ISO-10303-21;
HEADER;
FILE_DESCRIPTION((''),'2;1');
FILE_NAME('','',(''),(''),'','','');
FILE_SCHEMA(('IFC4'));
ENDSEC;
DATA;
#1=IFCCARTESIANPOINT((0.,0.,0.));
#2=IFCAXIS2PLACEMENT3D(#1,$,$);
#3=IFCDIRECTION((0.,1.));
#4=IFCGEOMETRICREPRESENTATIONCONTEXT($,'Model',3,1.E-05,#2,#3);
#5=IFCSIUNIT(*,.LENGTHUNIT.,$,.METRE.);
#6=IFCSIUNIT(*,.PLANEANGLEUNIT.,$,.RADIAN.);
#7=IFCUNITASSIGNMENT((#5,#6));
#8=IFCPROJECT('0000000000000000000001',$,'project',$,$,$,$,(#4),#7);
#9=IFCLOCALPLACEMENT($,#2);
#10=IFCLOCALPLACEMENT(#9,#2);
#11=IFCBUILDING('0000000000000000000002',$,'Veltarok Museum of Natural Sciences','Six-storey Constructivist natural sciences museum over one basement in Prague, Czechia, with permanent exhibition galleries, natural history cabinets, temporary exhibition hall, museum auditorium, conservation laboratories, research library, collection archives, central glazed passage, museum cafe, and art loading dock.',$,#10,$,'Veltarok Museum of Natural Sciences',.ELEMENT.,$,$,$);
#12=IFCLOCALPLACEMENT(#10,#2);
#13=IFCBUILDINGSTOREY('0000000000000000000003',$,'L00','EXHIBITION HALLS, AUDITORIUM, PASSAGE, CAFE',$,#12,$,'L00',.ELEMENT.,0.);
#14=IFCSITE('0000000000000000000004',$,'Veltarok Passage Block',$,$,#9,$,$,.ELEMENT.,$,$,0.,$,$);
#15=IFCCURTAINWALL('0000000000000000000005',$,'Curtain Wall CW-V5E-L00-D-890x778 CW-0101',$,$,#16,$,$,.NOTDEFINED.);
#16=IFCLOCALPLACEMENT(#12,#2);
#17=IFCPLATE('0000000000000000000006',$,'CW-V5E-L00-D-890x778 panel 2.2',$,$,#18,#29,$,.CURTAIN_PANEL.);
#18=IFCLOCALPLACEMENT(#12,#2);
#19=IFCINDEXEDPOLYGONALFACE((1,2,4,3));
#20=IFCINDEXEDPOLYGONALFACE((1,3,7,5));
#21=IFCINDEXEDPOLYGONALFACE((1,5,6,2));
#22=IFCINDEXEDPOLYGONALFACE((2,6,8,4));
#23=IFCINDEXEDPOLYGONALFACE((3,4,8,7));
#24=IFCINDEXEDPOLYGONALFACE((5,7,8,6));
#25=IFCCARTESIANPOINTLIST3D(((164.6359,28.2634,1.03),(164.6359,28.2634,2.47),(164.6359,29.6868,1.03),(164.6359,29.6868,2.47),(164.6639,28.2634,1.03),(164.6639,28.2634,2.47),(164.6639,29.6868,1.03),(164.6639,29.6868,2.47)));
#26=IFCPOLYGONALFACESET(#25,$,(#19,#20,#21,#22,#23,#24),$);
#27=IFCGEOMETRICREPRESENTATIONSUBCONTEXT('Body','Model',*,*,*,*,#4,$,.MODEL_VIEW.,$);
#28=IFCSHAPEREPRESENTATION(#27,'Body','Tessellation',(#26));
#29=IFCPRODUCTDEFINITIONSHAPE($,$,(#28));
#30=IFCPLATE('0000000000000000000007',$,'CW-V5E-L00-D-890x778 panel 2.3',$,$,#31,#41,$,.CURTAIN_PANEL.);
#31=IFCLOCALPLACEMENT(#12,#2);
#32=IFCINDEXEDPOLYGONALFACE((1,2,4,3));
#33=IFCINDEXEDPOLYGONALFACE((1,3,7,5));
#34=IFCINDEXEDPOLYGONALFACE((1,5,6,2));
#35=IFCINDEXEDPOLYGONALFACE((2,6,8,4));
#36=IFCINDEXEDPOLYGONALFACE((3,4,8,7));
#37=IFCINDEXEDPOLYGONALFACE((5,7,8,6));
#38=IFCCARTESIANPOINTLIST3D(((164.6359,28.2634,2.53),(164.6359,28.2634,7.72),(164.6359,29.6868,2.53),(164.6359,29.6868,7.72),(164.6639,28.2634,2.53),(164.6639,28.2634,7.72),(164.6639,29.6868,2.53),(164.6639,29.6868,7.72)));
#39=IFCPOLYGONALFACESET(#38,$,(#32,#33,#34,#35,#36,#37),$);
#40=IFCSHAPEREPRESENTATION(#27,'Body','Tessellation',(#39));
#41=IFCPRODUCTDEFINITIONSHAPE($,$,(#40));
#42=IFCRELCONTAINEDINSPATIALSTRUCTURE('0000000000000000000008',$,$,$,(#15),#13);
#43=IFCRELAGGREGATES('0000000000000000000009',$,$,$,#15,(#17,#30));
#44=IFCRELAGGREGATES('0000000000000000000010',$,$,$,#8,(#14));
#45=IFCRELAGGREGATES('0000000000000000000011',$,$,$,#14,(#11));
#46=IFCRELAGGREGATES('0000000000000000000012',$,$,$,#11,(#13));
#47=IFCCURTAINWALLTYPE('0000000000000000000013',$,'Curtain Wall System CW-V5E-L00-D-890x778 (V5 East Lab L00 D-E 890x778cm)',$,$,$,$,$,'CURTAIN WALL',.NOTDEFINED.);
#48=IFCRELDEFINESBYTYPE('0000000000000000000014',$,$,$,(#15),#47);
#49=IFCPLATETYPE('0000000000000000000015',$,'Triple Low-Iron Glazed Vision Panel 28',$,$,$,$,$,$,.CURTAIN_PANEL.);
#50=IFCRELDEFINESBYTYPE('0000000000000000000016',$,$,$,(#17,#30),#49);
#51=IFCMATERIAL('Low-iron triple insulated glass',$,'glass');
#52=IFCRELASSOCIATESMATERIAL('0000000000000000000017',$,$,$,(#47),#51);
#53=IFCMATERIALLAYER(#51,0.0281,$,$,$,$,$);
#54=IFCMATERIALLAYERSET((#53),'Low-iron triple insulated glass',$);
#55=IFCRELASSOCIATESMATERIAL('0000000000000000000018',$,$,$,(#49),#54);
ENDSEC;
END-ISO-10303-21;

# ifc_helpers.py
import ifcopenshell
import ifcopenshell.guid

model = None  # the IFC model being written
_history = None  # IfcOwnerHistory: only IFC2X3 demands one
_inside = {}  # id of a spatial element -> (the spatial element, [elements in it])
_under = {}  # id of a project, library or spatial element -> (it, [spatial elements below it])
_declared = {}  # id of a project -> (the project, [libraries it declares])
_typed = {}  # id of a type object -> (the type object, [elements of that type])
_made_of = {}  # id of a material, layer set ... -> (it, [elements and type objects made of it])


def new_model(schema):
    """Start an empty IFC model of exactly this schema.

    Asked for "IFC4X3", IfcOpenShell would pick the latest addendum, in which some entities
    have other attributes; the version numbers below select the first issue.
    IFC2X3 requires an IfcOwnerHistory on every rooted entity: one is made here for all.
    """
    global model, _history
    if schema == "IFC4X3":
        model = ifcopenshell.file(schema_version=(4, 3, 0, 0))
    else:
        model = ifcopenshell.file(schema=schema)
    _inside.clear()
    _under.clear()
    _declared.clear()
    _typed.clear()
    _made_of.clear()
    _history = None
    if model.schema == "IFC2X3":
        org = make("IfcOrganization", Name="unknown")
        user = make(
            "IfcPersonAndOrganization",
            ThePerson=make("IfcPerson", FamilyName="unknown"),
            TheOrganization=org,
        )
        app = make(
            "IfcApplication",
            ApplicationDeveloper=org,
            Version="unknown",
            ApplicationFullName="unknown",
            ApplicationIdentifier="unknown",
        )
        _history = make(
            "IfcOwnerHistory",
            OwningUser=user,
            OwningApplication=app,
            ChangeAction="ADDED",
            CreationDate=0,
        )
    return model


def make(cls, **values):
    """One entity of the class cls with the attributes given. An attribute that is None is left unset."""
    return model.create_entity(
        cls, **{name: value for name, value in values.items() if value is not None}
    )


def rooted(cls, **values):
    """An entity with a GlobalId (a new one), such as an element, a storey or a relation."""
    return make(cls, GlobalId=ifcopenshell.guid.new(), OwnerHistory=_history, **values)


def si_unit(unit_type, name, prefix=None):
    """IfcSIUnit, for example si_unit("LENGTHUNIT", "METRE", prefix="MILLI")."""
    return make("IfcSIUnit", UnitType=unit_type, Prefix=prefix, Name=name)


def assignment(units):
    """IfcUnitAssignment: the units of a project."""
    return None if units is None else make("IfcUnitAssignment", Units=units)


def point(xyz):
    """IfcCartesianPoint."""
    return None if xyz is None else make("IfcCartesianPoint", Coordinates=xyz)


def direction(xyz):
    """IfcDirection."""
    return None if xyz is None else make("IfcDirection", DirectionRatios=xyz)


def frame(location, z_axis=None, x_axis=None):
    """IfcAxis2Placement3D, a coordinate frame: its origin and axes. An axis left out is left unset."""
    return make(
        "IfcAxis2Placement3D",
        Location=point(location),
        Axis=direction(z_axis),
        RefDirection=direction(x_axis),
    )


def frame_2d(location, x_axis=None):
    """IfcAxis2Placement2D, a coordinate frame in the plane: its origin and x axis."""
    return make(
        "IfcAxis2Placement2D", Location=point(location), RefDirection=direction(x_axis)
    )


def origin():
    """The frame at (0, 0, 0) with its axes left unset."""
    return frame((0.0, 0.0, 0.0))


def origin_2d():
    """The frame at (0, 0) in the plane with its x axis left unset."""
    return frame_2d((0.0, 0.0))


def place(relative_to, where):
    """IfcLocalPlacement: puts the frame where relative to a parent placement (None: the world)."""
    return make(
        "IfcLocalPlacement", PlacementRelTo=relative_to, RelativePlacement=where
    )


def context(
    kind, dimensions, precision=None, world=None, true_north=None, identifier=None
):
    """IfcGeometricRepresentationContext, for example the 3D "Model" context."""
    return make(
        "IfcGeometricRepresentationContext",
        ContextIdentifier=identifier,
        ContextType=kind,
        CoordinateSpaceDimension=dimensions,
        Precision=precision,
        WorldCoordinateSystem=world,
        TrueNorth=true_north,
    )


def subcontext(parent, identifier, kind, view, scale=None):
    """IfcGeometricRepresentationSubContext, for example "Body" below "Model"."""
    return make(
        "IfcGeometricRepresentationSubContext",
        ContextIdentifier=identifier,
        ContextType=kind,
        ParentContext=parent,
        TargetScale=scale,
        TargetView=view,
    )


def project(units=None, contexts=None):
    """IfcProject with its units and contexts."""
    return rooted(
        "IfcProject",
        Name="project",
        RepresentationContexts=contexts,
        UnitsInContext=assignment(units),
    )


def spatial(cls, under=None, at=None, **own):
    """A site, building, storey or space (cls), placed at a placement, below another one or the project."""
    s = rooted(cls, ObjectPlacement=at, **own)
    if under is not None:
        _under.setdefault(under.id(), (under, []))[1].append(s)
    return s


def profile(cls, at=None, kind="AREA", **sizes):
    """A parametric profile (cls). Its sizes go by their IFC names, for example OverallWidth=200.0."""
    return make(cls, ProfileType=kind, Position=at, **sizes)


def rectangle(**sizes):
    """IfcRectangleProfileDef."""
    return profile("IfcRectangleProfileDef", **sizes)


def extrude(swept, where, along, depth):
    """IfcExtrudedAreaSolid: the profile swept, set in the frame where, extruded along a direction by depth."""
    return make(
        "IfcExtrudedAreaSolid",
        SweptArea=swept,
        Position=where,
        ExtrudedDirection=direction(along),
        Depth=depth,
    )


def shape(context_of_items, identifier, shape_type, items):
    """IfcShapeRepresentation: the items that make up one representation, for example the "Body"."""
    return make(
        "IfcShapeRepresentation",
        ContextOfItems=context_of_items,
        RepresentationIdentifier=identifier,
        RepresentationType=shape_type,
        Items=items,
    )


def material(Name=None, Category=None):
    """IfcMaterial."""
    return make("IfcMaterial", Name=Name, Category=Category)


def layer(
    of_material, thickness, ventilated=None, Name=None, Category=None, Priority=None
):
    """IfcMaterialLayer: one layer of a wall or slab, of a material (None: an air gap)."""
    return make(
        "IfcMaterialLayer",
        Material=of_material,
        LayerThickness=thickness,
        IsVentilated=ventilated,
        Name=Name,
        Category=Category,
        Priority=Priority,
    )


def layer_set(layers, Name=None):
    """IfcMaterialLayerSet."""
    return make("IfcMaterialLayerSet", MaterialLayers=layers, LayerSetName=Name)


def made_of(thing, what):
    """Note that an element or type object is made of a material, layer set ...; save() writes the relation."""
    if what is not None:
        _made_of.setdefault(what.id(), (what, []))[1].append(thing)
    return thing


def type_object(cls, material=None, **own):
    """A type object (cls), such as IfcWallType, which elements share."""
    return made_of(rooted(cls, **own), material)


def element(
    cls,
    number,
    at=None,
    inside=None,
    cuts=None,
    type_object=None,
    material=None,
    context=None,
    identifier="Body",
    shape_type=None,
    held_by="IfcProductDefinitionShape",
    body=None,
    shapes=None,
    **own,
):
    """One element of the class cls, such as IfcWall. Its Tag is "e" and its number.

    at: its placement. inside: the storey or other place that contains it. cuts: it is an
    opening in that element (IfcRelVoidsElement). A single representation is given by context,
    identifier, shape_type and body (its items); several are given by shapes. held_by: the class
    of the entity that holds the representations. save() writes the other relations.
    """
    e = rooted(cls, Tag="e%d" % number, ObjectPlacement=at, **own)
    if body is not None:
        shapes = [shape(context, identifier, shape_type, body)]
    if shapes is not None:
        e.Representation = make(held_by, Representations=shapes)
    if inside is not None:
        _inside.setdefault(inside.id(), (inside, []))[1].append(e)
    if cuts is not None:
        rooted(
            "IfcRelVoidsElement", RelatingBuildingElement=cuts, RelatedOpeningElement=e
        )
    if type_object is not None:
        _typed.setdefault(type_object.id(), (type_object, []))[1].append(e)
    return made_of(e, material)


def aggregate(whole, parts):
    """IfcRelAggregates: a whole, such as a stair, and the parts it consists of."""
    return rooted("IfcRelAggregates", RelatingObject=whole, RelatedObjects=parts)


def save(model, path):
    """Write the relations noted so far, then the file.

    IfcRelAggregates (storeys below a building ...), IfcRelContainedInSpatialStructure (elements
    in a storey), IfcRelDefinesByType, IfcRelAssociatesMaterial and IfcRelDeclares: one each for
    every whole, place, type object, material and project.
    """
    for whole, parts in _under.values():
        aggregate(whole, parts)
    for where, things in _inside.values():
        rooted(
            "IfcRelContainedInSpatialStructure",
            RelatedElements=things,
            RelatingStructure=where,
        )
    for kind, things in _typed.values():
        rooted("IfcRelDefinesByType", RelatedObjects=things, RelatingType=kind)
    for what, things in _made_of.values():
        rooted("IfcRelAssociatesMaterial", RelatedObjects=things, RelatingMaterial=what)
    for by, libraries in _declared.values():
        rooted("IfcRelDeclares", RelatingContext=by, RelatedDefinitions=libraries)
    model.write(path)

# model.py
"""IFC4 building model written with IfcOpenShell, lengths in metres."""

from ifc_helpers import new_model, si_unit, direction, frame, origin, origin_2d, place, context, subcontext, project, spatial, rectangle, extrude, material, layer, layer_set, type_object, element, aggregate, save


model = new_model("IFC4")

# Units and contexts
model_context = context("Model", 3, precision=1e-05, world=origin(), true_north=direction((0.0, 1.0)))
body_context = subcontext(model_context, "Body", "Model", "MODEL_VIEW")
ifc_project = project(units=[si_unit("LENGTHUNIT", "METRE"), si_unit("PLANEANGLEUNIT", "RADIAN")], contexts=[model_context])

# Site, building, storey
site_placement = place(None, origin())
site = spatial("IfcSite", under=ifc_project, at=site_placement, Name="Veltarok Passage Block", CompositionType="ELEMENT", RefElevation=0.0)
building_placement = place(site_placement, origin())
building = spatial("IfcBuilding", under=site, at=building_placement, Name="Veltarok Museum of Natural Sciences", Description="Six-storey Constructivist natural sciences museum over one basement in Prague, Czechia, with permanent exhibition galleries, natural history cabinets, temporary exhibition hall, museum auditorium, conservation laboratories, research library, collection archives, central glazed passage, museum cafe, and art loading dock.", LongName="Veltarok Museum of Natural Sciences", CompositionType="ELEMENT")
storey_placement = place(building_placement, origin())
storey = spatial("IfcBuildingStorey", under=building, at=storey_placement, Name="L00", Description="EXHIBITION HALLS, AUDITORIUM, PASSAGE, CAFE", LongName="L00", CompositionType="ELEMENT", Elevation=0.0)

# Curtain wall
ifc_material_1 = material(Name="Low-iron triple insulated glass", Category="glass")
curtain_wall_type = type_object("IfcCurtainWallType", Name="Curtain Wall System CW-V5E-L00-D-890x778 (V5 East Lab L00 D-E 890x778cm)", ElementType="CURTAIN WALL", PredefinedType="NOTDEFINED", material=ifc_material_1)
curtain_wall_placement = place(storey_placement, origin())
curtain_wall = element("IfcCurtainWall", 1, at=curtain_wall_placement, inside=storey, type_object=curtain_wall_type, Name="Curtain Wall CW-V5E-L00-D-890x778 CW-0101", PredefinedType="NOTDEFINED")

# Plates
ifc_layer = layer(ifc_material_1, 0.0281)
ifc_layer_set = layer_set([ifc_layer], Name="Low-iron triple insulated glass")
plate_type = type_object("IfcPlateType", Name="Triple Low-Iron Glazed Vision Panel 28", PredefinedType="CURTAIN_PANEL", material=ifc_layer_set)
plate_1_placement = place(storey_placement, frame((164.6499, 28.9751, 1.03), z_axis=(0.0, 0.0, 1.0), x_axis=(0.0, 1.0, 0.0)))
plate_1 = element("IfcPlate", 2, at=plate_1_placement, type_object=plate_type, Name="CW-V5E-L00-D-890x778 panel 2.2", PredefinedType="CURTAIN_PANEL", context=body_context, shape_type="SweptSolid", body=[
    extrude(rectangle(XDim=1.4233, YDim=0.0281, at=origin_2d()), origin(), (0.0, 0.0, 1.0), 1.4399),
])
plate_2_placement = place(storey_placement, frame((164.6499, 28.9751, 2.53), z_axis=(0.0, 0.0, 1.0), x_axis=(0.0, 1.0, 0.0)))
plate_2 = element("IfcPlate", 3, at=plate_2_placement, type_object=plate_type, Name="CW-V5E-L00-D-890x778 panel 2.3", PredefinedType="CURTAIN_PANEL", context=body_context, shape_type="SweptSolid", body=[
    extrude(rectangle(XDim=1.4233, YDim=0.0281, at=origin_2d()), origin(), (0.0, 0.0, 1.0), 5.1899),
])
aggregate(curtain_wall, [plate_1, plate_2])

save(model, "model.ifc")
